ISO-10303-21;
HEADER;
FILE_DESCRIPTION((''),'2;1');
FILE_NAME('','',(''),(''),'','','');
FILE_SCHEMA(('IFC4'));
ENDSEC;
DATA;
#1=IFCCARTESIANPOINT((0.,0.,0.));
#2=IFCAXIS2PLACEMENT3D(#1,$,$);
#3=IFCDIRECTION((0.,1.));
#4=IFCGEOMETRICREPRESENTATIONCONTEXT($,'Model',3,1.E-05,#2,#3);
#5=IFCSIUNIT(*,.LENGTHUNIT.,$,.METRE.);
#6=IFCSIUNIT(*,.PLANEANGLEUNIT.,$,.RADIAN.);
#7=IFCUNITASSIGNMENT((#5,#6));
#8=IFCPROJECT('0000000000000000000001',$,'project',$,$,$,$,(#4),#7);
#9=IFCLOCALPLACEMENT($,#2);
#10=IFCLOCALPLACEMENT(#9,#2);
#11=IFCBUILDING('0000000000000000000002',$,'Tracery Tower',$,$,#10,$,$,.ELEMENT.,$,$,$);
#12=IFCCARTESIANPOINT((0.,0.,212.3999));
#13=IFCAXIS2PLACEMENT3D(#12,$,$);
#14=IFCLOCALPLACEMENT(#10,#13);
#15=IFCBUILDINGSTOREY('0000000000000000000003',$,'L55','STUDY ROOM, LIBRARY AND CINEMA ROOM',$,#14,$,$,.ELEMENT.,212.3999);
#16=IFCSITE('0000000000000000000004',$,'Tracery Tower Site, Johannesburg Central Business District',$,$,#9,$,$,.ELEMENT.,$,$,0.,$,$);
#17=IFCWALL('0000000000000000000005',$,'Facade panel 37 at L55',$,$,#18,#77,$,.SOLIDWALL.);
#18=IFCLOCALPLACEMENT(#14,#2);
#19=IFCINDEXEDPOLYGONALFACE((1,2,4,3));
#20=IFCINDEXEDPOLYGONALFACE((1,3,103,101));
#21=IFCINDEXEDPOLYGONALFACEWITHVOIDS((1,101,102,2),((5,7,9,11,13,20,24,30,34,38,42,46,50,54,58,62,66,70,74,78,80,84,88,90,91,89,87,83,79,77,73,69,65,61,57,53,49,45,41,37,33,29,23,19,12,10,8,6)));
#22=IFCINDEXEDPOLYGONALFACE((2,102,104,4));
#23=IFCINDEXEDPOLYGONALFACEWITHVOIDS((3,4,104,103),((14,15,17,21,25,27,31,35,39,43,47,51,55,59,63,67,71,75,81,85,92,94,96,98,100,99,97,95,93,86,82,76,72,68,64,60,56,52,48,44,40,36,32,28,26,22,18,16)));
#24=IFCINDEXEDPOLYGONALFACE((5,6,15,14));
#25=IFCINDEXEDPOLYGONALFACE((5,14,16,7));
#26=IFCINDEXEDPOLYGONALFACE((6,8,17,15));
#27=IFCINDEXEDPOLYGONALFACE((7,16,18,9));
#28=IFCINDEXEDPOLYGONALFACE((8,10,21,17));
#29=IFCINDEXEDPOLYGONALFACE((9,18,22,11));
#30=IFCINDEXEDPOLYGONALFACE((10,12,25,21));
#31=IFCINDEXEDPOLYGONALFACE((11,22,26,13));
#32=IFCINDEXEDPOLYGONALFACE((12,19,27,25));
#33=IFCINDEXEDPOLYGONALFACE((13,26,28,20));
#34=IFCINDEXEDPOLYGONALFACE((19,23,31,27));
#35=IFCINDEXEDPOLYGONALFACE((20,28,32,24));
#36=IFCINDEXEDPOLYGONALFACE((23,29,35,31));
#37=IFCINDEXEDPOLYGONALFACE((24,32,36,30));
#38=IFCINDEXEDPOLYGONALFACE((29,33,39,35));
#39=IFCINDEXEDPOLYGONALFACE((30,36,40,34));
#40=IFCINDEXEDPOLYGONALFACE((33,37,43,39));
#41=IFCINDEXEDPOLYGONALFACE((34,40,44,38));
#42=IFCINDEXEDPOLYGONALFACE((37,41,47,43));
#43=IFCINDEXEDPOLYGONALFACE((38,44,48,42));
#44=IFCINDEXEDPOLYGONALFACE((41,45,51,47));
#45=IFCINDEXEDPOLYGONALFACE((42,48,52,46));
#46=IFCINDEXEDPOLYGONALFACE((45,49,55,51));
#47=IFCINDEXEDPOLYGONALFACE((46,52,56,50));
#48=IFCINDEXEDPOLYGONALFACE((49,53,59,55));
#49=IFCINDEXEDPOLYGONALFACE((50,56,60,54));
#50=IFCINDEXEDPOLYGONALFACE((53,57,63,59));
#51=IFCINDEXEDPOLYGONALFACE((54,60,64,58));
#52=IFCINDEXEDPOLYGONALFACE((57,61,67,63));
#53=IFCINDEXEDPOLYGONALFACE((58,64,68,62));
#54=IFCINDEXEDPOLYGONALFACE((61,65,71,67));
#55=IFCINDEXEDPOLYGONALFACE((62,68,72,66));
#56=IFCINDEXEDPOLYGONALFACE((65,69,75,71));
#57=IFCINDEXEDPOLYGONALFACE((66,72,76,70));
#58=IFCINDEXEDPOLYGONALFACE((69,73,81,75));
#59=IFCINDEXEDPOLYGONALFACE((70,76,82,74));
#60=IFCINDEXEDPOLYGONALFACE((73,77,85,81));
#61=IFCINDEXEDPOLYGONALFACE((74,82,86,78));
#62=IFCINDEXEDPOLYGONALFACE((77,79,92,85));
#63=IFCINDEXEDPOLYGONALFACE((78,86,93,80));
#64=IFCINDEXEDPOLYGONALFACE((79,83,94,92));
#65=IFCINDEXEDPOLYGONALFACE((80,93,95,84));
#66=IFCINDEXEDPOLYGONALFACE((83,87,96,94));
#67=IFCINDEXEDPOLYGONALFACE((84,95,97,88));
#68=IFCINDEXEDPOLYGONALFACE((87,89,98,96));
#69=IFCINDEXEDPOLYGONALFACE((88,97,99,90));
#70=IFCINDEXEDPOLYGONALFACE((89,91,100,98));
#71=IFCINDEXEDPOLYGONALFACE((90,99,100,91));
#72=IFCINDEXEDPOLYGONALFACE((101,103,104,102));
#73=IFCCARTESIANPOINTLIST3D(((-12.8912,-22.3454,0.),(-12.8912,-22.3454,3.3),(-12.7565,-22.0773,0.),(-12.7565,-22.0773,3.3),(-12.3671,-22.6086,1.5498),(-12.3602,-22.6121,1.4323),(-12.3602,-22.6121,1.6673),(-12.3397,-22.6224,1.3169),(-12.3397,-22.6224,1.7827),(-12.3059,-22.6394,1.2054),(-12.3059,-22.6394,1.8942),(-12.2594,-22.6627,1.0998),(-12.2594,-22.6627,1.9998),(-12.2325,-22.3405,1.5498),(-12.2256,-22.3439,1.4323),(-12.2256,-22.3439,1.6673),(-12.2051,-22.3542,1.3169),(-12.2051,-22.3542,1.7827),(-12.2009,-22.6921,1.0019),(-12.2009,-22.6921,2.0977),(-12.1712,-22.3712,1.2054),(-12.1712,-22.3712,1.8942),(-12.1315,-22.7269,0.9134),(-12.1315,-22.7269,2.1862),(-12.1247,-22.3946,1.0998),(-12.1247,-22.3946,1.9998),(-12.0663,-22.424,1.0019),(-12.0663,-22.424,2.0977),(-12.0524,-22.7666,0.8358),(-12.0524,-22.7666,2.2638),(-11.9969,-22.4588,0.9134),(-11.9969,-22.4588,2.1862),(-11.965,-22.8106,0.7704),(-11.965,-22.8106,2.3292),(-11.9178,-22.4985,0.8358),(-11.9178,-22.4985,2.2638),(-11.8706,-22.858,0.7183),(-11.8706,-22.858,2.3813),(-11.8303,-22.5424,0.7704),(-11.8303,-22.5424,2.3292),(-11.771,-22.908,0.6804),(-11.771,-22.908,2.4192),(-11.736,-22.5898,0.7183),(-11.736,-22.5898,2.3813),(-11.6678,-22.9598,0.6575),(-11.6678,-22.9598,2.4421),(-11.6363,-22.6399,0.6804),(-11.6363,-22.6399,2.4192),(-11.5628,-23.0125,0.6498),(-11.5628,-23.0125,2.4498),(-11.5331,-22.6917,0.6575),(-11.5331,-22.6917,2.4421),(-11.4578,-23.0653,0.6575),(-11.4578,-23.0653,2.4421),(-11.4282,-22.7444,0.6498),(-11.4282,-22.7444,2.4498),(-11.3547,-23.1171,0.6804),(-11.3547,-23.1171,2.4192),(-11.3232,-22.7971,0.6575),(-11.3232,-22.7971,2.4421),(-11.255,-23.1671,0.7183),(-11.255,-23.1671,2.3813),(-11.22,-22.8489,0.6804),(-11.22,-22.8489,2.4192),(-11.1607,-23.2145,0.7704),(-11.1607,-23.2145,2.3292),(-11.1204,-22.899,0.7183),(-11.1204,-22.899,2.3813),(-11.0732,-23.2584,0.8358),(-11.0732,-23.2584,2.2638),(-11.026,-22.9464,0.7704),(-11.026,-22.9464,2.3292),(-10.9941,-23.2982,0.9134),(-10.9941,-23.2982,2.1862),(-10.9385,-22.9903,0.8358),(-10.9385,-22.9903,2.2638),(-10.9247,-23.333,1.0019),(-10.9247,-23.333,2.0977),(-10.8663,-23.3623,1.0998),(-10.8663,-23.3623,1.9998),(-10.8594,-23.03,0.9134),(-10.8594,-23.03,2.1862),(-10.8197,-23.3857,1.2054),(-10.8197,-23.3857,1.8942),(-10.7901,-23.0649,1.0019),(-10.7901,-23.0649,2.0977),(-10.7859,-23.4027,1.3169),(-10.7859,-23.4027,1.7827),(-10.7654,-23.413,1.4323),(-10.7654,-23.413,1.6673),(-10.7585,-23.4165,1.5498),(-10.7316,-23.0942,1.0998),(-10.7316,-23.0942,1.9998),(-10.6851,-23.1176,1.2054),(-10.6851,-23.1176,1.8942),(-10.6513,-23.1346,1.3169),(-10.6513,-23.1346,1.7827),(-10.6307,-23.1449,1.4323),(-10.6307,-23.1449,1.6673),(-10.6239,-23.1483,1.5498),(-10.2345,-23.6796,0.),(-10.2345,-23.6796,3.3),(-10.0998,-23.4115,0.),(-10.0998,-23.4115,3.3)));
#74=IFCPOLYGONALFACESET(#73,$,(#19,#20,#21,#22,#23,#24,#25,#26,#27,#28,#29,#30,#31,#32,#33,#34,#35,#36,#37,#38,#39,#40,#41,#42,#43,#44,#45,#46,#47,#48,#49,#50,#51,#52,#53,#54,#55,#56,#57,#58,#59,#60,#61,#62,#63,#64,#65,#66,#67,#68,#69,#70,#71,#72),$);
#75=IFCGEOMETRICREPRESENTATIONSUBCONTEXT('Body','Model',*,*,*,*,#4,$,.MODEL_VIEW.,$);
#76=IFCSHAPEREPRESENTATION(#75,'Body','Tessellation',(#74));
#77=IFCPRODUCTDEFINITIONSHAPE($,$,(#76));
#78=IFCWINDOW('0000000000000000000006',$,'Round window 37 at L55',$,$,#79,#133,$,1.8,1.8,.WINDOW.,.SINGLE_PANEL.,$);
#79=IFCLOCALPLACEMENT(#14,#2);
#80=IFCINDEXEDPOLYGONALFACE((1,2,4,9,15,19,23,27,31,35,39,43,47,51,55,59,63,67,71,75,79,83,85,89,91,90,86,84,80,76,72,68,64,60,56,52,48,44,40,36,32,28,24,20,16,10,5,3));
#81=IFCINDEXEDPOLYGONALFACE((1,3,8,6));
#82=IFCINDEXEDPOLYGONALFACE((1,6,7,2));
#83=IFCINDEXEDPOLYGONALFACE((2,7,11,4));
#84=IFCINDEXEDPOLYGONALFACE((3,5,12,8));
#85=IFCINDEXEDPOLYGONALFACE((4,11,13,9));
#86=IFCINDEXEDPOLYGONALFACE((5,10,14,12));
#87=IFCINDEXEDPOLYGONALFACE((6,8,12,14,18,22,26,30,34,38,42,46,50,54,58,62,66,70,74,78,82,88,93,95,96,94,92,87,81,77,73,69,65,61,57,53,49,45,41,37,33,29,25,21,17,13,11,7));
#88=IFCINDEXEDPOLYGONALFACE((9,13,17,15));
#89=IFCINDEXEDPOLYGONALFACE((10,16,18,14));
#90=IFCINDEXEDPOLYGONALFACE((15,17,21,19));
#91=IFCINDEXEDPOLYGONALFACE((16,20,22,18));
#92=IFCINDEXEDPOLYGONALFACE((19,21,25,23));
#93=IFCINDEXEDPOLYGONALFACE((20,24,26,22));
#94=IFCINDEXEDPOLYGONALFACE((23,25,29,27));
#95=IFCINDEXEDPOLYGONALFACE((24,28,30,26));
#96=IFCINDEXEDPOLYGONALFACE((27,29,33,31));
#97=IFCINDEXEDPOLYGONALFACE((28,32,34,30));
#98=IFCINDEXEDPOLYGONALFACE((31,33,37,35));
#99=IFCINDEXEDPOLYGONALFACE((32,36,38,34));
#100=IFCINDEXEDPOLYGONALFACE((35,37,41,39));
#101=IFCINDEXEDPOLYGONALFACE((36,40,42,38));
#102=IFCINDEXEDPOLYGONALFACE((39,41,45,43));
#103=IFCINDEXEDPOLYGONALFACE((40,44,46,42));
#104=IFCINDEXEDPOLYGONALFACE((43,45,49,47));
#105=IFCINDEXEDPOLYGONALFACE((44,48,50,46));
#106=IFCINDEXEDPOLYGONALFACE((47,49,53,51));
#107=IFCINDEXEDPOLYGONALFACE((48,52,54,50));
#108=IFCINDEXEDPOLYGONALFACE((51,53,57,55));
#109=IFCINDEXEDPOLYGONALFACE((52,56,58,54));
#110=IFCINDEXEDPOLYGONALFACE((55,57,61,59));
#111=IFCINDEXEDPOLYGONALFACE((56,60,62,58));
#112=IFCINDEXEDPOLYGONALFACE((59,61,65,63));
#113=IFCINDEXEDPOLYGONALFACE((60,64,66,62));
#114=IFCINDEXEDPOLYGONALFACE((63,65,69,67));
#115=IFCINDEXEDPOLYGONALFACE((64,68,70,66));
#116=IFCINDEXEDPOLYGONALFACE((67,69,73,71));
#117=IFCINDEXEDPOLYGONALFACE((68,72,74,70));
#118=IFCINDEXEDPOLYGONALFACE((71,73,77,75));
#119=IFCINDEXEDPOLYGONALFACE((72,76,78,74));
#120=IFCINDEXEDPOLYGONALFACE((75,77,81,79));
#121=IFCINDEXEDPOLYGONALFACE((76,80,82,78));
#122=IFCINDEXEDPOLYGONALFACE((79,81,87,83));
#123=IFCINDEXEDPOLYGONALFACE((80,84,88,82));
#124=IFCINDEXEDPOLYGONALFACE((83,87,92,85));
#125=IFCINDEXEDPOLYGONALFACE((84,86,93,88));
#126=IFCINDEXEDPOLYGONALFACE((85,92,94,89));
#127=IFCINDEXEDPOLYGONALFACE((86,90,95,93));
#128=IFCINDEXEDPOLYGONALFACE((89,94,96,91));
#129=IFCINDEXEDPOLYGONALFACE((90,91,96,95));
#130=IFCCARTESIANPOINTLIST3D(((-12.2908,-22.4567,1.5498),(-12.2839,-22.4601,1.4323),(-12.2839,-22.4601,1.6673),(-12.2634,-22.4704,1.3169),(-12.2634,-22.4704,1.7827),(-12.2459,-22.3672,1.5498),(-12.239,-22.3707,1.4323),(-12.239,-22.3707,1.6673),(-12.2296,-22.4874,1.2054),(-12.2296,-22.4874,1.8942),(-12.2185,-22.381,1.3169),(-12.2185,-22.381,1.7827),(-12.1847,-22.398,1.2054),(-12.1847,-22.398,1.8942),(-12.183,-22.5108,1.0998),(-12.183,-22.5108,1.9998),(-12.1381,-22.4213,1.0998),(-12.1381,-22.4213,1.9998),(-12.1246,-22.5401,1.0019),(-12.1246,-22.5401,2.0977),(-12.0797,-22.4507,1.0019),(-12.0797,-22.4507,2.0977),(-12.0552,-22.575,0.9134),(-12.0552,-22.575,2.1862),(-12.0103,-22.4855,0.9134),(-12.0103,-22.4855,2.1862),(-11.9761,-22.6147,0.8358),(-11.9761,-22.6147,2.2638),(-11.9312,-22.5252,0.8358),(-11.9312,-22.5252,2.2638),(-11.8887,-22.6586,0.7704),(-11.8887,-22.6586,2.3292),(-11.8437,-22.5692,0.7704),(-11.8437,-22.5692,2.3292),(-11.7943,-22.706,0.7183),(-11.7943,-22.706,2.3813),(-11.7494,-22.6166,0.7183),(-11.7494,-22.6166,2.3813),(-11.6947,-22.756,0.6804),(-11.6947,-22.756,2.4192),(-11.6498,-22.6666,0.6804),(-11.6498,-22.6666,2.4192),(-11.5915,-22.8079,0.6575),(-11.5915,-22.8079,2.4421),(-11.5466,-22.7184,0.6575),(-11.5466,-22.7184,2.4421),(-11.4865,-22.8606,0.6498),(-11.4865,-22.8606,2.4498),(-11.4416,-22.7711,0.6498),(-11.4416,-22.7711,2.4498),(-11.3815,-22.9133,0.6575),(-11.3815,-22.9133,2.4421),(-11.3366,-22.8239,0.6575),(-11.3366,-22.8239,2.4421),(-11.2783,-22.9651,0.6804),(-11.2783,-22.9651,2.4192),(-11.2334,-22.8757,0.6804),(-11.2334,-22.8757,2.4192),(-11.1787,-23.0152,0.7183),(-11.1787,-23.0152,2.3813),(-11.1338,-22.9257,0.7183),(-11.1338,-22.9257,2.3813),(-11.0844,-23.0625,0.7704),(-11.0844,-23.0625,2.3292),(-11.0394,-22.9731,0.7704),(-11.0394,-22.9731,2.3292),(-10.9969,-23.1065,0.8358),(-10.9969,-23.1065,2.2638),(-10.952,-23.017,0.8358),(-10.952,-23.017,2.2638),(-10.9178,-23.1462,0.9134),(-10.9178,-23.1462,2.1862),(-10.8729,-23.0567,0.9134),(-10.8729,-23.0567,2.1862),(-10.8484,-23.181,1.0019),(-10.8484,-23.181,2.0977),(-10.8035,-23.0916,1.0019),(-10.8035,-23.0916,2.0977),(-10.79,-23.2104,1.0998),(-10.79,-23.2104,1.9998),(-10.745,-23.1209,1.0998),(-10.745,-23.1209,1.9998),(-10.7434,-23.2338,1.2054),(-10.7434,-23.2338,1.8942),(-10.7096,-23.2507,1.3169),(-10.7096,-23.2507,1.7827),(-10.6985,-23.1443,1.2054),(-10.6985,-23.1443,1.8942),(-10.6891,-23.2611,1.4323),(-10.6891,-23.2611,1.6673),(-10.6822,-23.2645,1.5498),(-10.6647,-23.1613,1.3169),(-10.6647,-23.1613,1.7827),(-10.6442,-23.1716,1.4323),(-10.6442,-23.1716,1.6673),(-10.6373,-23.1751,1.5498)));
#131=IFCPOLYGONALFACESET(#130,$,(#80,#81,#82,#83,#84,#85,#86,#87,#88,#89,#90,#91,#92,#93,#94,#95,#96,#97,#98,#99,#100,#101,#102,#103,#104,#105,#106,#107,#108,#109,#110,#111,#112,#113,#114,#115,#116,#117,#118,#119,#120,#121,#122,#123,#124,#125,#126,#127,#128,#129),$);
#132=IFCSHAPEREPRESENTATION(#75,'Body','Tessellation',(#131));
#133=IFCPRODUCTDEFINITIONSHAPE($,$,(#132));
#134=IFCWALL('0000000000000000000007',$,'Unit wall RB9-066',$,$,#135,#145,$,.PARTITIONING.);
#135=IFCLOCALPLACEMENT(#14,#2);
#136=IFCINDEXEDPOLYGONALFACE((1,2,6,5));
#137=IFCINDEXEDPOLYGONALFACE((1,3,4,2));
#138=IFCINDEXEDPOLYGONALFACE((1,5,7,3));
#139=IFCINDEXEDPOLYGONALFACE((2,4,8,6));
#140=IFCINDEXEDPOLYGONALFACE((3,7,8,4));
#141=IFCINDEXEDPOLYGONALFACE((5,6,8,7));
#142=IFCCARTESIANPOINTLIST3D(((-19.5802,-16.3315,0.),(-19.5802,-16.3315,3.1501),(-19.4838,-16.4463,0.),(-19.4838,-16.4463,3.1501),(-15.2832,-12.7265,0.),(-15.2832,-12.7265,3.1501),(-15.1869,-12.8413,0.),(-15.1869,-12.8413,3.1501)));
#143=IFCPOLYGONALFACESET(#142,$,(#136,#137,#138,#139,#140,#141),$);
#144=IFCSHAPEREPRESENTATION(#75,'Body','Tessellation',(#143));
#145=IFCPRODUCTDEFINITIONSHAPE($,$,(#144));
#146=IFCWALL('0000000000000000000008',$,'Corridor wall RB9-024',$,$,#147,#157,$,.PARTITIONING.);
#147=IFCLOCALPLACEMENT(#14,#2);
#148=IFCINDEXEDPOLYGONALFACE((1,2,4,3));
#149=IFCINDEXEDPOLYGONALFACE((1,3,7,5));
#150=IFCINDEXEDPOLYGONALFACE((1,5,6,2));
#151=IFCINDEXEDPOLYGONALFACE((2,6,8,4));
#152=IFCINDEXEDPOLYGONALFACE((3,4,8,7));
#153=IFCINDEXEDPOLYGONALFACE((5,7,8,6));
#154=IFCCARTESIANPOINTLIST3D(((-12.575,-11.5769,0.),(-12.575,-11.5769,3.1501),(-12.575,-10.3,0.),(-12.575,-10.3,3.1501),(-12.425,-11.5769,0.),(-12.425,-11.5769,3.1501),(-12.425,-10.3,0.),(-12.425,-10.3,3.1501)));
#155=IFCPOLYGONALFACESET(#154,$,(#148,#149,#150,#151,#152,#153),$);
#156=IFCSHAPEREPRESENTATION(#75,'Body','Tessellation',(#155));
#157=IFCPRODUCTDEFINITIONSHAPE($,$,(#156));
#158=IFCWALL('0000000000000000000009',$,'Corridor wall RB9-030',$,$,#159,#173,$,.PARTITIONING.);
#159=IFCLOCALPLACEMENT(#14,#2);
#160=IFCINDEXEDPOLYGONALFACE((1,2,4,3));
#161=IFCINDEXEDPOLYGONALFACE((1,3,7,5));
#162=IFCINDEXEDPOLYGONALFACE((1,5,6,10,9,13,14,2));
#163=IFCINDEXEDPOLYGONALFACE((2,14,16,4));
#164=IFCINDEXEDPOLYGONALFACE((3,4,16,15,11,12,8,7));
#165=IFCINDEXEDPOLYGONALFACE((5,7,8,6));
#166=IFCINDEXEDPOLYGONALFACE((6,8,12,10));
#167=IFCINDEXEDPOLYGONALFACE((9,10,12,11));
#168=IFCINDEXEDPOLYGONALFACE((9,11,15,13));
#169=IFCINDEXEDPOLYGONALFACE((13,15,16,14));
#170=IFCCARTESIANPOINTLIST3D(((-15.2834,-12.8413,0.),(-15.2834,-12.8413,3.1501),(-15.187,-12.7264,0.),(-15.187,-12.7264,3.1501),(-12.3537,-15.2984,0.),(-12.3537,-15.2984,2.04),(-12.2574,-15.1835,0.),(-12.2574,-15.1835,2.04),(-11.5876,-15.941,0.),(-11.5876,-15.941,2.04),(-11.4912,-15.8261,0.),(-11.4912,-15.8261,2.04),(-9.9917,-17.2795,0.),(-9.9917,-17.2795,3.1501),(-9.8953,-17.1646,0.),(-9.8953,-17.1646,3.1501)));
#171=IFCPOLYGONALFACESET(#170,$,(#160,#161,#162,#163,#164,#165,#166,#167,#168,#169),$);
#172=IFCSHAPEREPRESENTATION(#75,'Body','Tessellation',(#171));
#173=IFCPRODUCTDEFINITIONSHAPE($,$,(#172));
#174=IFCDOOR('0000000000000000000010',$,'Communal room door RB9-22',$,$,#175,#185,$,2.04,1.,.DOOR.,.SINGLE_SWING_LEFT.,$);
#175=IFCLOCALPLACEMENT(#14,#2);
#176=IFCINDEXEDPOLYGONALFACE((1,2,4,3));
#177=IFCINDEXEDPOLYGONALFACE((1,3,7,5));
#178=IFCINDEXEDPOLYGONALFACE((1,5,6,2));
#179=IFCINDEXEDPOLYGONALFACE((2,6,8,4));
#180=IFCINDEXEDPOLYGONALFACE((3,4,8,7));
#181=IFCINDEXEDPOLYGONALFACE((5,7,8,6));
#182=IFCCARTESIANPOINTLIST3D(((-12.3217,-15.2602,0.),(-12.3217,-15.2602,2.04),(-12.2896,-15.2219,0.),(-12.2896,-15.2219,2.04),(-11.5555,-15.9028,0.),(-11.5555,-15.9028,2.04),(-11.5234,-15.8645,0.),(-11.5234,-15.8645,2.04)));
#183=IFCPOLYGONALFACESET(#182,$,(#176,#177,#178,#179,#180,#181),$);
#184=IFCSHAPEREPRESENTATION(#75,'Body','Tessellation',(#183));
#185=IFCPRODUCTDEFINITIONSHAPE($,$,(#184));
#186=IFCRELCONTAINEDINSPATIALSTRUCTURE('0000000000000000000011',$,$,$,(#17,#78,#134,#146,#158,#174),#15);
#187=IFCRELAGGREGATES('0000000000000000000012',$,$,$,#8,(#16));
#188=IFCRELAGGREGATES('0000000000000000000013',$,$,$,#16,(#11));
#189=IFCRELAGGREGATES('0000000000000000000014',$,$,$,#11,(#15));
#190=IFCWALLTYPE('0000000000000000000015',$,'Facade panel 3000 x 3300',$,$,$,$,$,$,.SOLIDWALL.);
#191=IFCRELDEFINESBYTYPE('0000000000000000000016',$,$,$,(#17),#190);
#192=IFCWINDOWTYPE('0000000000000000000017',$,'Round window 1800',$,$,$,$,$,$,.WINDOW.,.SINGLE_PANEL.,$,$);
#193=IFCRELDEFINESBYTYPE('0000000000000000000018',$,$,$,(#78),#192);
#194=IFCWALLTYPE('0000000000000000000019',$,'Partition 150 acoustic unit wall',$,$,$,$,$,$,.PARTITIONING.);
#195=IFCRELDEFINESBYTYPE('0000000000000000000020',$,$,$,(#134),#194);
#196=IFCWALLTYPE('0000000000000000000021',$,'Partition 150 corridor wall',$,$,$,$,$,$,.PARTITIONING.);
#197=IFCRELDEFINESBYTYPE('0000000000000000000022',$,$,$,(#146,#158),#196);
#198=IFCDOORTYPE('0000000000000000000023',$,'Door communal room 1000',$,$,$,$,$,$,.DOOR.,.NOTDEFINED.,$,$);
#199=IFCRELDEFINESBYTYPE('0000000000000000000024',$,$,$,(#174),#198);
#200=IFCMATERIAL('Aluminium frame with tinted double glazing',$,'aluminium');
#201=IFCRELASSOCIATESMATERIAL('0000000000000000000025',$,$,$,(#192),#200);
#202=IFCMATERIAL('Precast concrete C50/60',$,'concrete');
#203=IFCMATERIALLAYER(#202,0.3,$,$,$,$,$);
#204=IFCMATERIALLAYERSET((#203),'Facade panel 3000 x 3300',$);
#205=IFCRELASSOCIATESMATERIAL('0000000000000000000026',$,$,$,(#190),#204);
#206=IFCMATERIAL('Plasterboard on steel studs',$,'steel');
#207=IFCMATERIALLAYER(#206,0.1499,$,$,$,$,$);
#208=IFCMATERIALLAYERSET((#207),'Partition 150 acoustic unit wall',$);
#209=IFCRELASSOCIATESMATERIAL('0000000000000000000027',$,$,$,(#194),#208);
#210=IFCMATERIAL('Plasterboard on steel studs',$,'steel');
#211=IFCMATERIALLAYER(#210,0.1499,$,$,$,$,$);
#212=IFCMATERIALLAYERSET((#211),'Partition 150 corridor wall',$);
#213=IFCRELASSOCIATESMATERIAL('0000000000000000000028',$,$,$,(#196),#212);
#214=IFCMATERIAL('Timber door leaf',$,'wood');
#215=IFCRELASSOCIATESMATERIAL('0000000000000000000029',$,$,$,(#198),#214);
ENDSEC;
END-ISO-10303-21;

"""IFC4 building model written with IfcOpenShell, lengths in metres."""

from ifc_helpers import new_model, si_unit, direction, frame, frame_2d, origin, origin_2d, place, context, subcontext, project, spatial, rectangle, circle, extrude, material, layer, layer_set, type_object, element, fill, save


model = new_model("IFC4")

# Units and contexts
model_context = context("Model", 3, precision=1e-05, world=origin(), true_north=direction((0.0, 1.0)))
body_context = subcontext(model_context, "Body", "Model", "MODEL_VIEW")
ifc_project = project(units=[si_unit("LENGTHUNIT", "METRE"), si_unit("PLANEANGLEUNIT", "RADIAN")], contexts=[model_context])

# Site, building, storey
site_placement = place(None, origin())
site = spatial("IfcSite", under=ifc_project, at=site_placement, Name="Tracery Tower Site, Johannesburg Central Business District", CompositionType="ELEMENT", RefElevation=0.0)
building_placement = place(site_placement, origin())
building = spatial("IfcBuilding", under=site, at=building_placement, Name="Tracery Tower", CompositionType="ELEMENT")
storey_placement = place(building_placement, frame((0.0, 0.0, 212.3999)))
storey = spatial("IfcBuildingStorey", under=building, at=storey_placement, Name="L55", Description="STUDY ROOM, LIBRARY AND CINEMA ROOM", CompositionType="ELEMENT", Elevation=212.3999)

# Wall, opening, window
ifc_material_1 = material(Name="Aluminium frame with tinted double glazing", Category="aluminium")
window_type = type_object("IfcWindowType", Name="Round window 1800", PartitioningType="SINGLE_PANEL", PredefinedType="WINDOW", material=ifc_material_1)
ifc_material_2 = material(Name="Precast concrete C50/60", Category="concrete")
ifc_layer_1 = layer(ifc_material_2, 0.3)
ifc_layer_set_1 = layer_set([ifc_layer_1], Name="Facade panel 3000 x 3300")
wall_type_1 = type_object("IfcWallType", Name="Facade panel 3000 x 3300", PredefinedType="SOLIDWALL", material=ifc_layer_set_1)
wall_1_placement = place(storey_placement, frame((-12.8237, -22.2114, 0.0), z_axis=(0.0, 0.0, 1.0), x_axis=(0.893637, -0.44879, 0.0)))
wall_1 = element("IfcWall", 1, at=wall_1_placement, inside=storey, type_object=wall_type_1, Name="Facade panel 37 at L55", PredefinedType="SOLIDWALL", context=body_context, shape_type="SweptSolid", body=[
    extrude(rectangle(XDim=2.9729, YDim=0.3, at=frame_2d((1.4863, 0.0))), origin(), (0.0, 0.0, 1.0), 3.3),
])
opening_1_placement = place(wall_1_placement, frame((1.4863, 0.0, 1.5498)))
opening_1 = element("IfcOpeningElement", 2, at=opening_1_placement, cuts=wall_1, PredefinedType="OPENING", context=body_context, shape_type="SweptSolid", body=[
    extrude(circle(Radius=0.9, at=origin_2d()), frame((0.0, 0.1599, 0.0), z_axis=(0.0, -1.0, 0.0), x_axis=(1.0, 0.0, 0.0)), (0.0, 0.0, 1.0), 0.3201),
])
window_1_placement = place(opening_1_placement, origin())
window_1 = element("IfcWindow", 3, at=window_1_placement, inside=storey, type_object=window_type, Name="Round window 37 at L55", OverallHeight=1.8, OverallWidth=1.8, PartitioningType="SINGLE_PANEL", PredefinedType="WINDOW", context=body_context, shape_type="SweptSolid", body=[
    extrude(circle(Radius=0.9, at=origin_2d()), frame((0.0, 0.1201, 0.0), z_axis=(0.0, -1.0, 0.0), x_axis=(1.0, 0.0, 0.0)), (0.0, 0.0, 1.0), 0.1001),
])
fill(opening_1, window_1)

# Walls
ifc_material_3 = material(Name="Plasterboard on steel studs", Category="steel")
ifc_layer_2 = layer(ifc_material_3, 0.1499)
ifc_layer_set_2 = layer_set([ifc_layer_2], Name="Partition 150 acoustic unit wall")
wall_type_2 = type_object("IfcWallType", Name="Partition 150 acoustic unit wall", PredefinedType="PARTITIONING", material=ifc_layer_set_2)
wall_2_placement = place(storey_placement, frame((-19.532, -16.3889, 0.0), z_axis=(0.0, 0.0, 1.0), x_axis=(0.766091, 0.642733, 0.0)))
element("IfcWall", 4, at=wall_2_placement, inside=storey, type_object=wall_type_2, Name="Unit wall RB9-066", PredefinedType="PARTITIONING", context=body_context, shape_type="SweptSolid", body=[
    extrude(rectangle(XDim=5.6089, YDim=0.1499, at=frame_2d((2.8044, 0.0))), origin(), (0.0, 0.0, 1.0), 3.1501),
])
ifc_material_4 = material(Name="Plasterboard on steel studs", Category="steel")
ifc_layer_3 = layer(ifc_material_4, 0.1499)
ifc_layer_set_3 = layer_set([ifc_layer_3], Name="Partition 150 corridor wall")
wall_type_3 = type_object("IfcWallType", Name="Partition 150 corridor wall", PredefinedType="PARTITIONING", material=ifc_layer_set_3)
wall_3_placement = place(storey_placement, frame((-12.5, -11.5769, 0.0), z_axis=(0.0, 0.0, 1.0), x_axis=(0.0, 1.0, 0.0)))
element("IfcWall", 5, at=wall_3_placement, inside=storey, type_object=wall_type_3, Name="Corridor wall RB9-024", PredefinedType="PARTITIONING", context=body_context, shape_type="SweptSolid", body=[
    extrude(rectangle(XDim=1.2769, YDim=0.1499, at=frame_2d((0.6384, 0.0))), origin(), (0.0, 0.0, 1.0), 3.1501),
])

# Wall, opening, door
wall_4_placement = place(storey_placement, frame((-15.2351, -12.7839, 0.0), z_axis=(0.0, 0.0, 1.0), x_axis=(0.766192, -0.642612, 0.0)))
wall_4 = element("IfcWall", 6, at=wall_4_placement, inside=storey, type_object=wall_type_3, Name="Corridor wall RB9-030", PredefinedType="PARTITIONING", context=body_context, shape_type="SweptSolid", body=[
    extrude(rectangle(XDim=6.9065, YDim=0.1499, at=frame_2d((3.4531, 0.0))), origin(), (0.0, 0.0, 1.0), 3.1501),
])
opening_2_placement = place(wall_4_placement, frame((3.8235, 0.0, 0.0)))
opening_2 = element("IfcOpeningElement", 7, at=opening_2_placement, cuts=wall_4, PredefinedType="OPENING", context=body_context, shape_type="SweptSolid", body=[
    extrude(rectangle(XDim=1.0, YDim=2.04, at=frame_2d((0.5, 1.02))), frame((0.0, 0.075, 0.0), z_axis=(0.0, -1.0, 0.0), x_axis=(1.0, 0.0, 0.0)), (0.0, 0.0, 1.0), 0.1499),
])
ifc_material_5 = material(Name="Timber door leaf", Category="wood")
door_type = type_object("IfcDoorType", Name="Door communal room 1000", OperationType="NOTDEFINED", PredefinedType="DOOR", material=ifc_material_5)
door_placement = place(opening_2_placement, origin())
door = element("IfcDoor", 8, at=door_placement, inside=storey, type_object=door_type, Name="Communal room door RB9-22", OperationType="SINGLE_SWING_LEFT", OverallHeight=2.04, OverallWidth=1.0, PredefinedType="DOOR", context=body_context, shape_type="SweptSolid", body=[
    extrude(rectangle(XDim=1.0, YDim=2.04, at=frame_2d((0.5, 1.02))), frame((0.0, 0.0249, 0.0), z_axis=(0.0, -1.0, 0.0), x_axis=(1.0, 0.0, 0.0)), (0.0, 0.0, 1.0), 0.05),
])
fill(opening_2, door)

save(model, "model.ifc")
